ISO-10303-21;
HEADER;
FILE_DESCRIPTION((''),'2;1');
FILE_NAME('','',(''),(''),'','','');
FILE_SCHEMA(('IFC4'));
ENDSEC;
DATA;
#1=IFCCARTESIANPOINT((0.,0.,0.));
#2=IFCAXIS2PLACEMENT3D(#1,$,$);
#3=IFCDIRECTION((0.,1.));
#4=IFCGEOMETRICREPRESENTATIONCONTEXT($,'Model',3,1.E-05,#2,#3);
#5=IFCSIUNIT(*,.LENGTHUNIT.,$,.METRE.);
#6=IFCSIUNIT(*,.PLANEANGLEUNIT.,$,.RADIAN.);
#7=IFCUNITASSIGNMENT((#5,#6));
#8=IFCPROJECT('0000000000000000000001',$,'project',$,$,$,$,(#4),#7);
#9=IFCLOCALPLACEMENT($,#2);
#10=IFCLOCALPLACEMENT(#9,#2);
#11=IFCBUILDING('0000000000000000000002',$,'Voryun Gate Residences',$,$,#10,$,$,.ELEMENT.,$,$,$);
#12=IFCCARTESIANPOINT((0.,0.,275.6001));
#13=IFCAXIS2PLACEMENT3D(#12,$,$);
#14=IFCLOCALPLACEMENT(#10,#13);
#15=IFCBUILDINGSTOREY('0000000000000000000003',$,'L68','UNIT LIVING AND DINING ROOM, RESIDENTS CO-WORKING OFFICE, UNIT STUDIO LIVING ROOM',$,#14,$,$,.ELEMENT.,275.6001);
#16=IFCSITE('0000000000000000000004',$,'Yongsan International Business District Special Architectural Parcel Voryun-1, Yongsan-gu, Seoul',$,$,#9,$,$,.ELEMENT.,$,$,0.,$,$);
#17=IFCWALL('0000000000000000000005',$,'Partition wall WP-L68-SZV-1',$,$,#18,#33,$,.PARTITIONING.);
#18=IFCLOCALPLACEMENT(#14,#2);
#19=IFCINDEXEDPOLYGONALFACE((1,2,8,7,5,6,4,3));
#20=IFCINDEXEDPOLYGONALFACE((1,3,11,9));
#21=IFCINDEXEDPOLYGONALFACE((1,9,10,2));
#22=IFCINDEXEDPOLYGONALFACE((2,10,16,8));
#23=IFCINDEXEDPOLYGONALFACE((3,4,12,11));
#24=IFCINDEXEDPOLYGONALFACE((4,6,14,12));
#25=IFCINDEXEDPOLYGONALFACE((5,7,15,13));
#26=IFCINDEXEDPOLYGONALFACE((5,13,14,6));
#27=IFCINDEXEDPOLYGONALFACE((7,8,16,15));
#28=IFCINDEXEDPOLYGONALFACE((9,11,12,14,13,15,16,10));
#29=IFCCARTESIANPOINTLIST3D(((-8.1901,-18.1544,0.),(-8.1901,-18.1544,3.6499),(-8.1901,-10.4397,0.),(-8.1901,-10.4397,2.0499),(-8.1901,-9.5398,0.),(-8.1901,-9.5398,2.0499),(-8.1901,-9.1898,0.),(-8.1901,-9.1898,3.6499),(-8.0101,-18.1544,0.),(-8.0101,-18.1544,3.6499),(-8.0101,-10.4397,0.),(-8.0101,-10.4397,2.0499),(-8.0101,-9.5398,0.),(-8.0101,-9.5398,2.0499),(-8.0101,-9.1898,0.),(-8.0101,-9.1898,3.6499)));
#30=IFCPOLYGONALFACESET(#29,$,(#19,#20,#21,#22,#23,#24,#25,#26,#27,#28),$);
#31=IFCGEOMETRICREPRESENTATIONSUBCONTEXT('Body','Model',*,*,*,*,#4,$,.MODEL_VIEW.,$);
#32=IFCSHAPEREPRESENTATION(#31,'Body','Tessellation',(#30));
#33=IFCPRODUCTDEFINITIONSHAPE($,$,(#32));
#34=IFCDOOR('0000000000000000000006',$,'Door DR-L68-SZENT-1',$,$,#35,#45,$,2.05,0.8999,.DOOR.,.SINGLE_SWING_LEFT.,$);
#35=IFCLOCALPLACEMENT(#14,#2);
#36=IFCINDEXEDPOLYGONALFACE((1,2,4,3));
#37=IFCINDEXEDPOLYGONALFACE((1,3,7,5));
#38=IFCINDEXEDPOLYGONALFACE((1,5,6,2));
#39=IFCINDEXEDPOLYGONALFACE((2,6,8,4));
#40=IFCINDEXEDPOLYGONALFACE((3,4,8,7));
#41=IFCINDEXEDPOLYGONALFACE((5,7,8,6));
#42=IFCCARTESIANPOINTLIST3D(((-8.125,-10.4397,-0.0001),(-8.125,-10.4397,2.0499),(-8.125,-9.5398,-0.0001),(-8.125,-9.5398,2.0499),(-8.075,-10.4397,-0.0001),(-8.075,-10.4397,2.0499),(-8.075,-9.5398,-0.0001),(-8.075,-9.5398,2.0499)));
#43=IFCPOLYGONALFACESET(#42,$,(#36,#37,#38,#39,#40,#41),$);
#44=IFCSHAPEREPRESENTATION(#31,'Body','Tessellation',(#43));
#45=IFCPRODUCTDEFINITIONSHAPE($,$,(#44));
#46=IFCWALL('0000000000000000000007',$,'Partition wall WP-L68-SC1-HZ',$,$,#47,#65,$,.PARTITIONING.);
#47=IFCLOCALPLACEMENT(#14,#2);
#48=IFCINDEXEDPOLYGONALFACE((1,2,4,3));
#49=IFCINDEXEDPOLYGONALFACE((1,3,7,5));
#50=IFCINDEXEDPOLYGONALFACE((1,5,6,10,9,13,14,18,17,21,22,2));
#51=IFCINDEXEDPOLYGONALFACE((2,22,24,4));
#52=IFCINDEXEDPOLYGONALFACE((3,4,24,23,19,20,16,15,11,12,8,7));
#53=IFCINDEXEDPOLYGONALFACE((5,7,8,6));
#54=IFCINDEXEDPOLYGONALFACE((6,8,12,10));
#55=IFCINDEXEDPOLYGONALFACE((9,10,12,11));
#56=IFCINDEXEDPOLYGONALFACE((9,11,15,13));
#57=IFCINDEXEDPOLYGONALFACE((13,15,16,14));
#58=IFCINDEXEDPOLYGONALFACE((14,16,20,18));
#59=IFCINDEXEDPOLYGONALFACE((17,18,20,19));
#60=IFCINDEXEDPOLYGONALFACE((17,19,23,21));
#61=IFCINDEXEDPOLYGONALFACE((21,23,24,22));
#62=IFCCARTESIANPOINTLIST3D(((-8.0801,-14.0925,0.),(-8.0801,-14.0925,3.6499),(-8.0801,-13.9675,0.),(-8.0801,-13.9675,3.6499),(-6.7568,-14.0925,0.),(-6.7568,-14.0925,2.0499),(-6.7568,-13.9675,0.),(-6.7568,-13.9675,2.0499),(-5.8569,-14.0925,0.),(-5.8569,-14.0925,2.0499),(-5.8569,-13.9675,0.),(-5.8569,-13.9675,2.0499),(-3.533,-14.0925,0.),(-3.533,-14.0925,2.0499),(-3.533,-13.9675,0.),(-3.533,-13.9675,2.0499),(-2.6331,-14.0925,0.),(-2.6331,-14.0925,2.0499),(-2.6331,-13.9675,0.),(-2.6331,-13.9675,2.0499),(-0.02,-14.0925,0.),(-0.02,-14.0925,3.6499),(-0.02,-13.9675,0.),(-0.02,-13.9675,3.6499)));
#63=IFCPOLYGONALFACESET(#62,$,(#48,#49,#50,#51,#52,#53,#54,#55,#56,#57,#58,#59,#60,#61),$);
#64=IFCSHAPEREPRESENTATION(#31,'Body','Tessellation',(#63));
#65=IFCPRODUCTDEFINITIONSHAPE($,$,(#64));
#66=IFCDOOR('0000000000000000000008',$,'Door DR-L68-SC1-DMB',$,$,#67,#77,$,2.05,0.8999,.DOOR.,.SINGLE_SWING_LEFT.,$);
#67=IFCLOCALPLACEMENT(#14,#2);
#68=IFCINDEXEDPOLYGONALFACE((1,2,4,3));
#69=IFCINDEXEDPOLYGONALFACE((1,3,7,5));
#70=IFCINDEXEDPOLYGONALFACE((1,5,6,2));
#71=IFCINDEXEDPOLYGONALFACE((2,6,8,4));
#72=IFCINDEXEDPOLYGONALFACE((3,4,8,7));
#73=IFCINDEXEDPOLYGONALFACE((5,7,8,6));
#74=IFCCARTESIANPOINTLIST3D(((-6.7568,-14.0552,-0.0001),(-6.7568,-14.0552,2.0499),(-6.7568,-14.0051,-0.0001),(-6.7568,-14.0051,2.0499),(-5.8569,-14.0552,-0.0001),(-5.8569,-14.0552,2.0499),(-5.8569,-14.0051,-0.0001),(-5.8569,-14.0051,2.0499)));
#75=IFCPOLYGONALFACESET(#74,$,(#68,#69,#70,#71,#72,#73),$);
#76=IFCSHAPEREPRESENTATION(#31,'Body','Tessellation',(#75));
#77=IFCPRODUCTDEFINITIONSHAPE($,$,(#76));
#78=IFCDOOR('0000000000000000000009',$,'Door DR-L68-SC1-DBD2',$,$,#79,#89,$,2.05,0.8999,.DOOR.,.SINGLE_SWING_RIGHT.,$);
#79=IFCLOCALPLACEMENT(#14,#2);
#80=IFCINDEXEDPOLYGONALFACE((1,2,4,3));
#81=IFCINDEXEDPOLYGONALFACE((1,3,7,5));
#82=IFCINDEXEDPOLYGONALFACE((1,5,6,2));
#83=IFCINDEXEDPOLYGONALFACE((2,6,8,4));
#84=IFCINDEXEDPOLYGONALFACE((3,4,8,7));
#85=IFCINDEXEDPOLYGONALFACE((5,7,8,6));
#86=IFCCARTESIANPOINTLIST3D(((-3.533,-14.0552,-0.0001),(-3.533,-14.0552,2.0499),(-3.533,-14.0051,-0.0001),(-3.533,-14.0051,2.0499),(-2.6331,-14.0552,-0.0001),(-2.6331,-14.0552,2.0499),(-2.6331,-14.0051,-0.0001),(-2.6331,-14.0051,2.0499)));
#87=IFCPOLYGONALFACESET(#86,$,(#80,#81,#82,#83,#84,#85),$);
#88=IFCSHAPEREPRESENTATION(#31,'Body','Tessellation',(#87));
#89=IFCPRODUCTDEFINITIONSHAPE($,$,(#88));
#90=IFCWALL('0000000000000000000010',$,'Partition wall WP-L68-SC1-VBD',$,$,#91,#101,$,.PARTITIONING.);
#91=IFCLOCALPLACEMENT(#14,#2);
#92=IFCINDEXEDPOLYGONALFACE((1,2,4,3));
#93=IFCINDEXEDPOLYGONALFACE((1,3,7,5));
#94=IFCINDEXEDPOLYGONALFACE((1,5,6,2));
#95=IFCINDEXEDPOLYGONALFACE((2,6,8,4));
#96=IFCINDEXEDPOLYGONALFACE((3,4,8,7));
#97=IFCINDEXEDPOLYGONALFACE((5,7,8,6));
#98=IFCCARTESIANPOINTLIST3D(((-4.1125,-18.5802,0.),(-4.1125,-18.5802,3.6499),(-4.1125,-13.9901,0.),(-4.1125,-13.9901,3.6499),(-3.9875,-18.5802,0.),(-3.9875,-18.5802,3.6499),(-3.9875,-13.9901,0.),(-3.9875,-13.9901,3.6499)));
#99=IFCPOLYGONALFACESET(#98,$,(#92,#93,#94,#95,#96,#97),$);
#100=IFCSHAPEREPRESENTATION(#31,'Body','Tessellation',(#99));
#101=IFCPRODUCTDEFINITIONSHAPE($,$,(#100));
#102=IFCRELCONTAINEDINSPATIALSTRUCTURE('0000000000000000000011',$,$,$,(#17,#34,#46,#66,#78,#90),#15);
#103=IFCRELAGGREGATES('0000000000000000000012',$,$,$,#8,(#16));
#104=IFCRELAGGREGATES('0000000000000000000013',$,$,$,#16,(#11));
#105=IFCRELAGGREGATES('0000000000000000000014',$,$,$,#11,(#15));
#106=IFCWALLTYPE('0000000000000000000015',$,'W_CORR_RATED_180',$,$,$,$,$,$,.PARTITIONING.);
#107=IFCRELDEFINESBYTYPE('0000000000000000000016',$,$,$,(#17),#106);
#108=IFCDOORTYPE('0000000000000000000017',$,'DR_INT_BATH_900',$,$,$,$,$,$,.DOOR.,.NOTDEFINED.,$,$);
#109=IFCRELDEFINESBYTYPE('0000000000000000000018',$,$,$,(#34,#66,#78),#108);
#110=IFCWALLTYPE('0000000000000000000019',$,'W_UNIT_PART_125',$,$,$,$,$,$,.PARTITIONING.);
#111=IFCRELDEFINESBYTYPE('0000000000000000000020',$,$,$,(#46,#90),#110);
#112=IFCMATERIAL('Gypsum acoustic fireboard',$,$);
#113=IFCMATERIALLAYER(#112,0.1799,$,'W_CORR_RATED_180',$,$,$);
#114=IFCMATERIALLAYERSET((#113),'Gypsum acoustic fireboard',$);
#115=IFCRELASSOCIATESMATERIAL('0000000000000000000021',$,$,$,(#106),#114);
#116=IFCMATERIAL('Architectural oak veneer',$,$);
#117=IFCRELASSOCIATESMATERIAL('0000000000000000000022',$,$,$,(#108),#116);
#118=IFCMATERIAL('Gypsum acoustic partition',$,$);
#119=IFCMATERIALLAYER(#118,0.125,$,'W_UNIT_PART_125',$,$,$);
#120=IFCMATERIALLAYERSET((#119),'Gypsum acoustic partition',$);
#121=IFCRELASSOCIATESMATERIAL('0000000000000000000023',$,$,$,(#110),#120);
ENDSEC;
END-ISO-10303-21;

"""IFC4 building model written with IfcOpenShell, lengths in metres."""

from ifc_helpers import new_model, si_unit, direction, frame, frame_2d, origin, place, context, subcontext, project, spatial, rectangle, extrude, material, layer, layer_set, type_object, element, fill, save


model = new_model("IFC4")

# Units and contexts
model_context = context("Model", 3, precision=1e-05, world=origin(), true_north=direction((0.0, 1.0)))
body_context = subcontext(model_context, "Body", "Model", "MODEL_VIEW")
ifc_project = project(units=[si_unit("LENGTHUNIT", "METRE"), si_unit("PLANEANGLEUNIT", "RADIAN")], contexts=[model_context])

# Site, building, storey
site_placement = place(None, origin())
site = spatial("IfcSite", under=ifc_project, at=site_placement, Name="Yongsan International Business District Special Architectural Parcel Voryun-1, Yongsan-gu, Seoul", CompositionType="ELEMENT", RefElevation=0.0)
building_placement = place(site_placement, origin())
building = spatial("IfcBuilding", under=site, at=building_placement, Name="Voryun Gate Residences", CompositionType="ELEMENT")
storey_placement = place(building_placement, frame((0.0, 0.0, 275.6001)))
storey = spatial("IfcBuildingStorey", under=building, at=storey_placement, Name="L68", Description="UNIT LIVING AND DINING ROOM, RESIDENTS CO-WORKING OFFICE, UNIT STUDIO LIVING ROOM", CompositionType="ELEMENT", Elevation=275.6001)

# Wall, opening, door
ifc_material_1 = material(Name="Gypsum acoustic fireboard")
ifc_layer_1 = layer(ifc_material_1, 0.1799, Name="W_CORR_RATED_180")
ifc_layer_set_1 = layer_set([ifc_layer_1], Name="Gypsum acoustic fireboard")
wall_type_1 = type_object("IfcWallType", Name="W_CORR_RATED_180", PredefinedType="PARTITIONING", material=ifc_layer_set_1)
wall_1_placement = place(storey_placement, frame((-8.1001, -18.1545, 0.0), z_axis=(0.0, 0.0, 1.0), x_axis=(0.0, 1.0, 0.0)))
wall_1 = element("IfcWall", 1, at=wall_1_placement, inside=storey, type_object=wall_type_1, Name="Partition wall WP-L68-SZV-1", PredefinedType="PARTITIONING", context=body_context, shape_type="SweptSolid", body=[
    extrude(rectangle(XDim=8.9646, YDim=0.1799, at=frame_2d((4.4824, 0.0))), origin(), (0.0, 0.0, 1.0), 3.6499),
])
opening_1_placement = place(wall_1_placement, frame((7.7148, 0.0, 0.0)))
opening_1 = element("IfcOpeningElement", 2, at=opening_1_placement, cuts=wall_1, PredefinedType="OPENING", context=body_context, shape_type="SweptSolid", body=[
    extrude(rectangle(XDim=0.8999, YDim=2.05, at=frame_2d((0.45, 1.0249))), frame((0.0, 0.0999, 0.0), z_axis=(0.0, -1.0, 0.0), x_axis=(1.0, 0.0, 0.0)), (0.0, 0.0, 1.0), 0.2),
])
ifc_material_2 = material(Name="Architectural oak veneer")
door_type = type_object("IfcDoorType", Name="DR_INT_BATH_900", OperationType="NOTDEFINED", PredefinedType="DOOR", material=ifc_material_2)
door_1_placement = place(opening_1_placement, origin())
door_1 = element("IfcDoor", 3, at=door_1_placement, inside=storey, type_object=door_type, Name="Door DR-L68-SZENT-1", OperationType="SINGLE_SWING_LEFT", OverallHeight=2.05, OverallWidth=0.8999, PredefinedType="DOOR", context=body_context, shape_type="SweptSolid", body=[
    extrude(rectangle(XDim=0.8999, YDim=2.05, at=frame_2d((0.45, 1.0249))), frame((0.0, 0.0249, 0.0), z_axis=(0.0, -1.0, 0.0), x_axis=(1.0, 0.0, 0.0)), (0.0, 0.0, 1.0), 0.05),
])
fill(opening_1, door_1)

# Wall, openings, doors
ifc_material_3 = material(Name="Gypsum acoustic partition")
ifc_layer_2 = layer(ifc_material_3, 0.125, Name="W_UNIT_PART_125")
ifc_layer_set_2 = layer_set([ifc_layer_2], Name="Gypsum acoustic partition")
wall_type_2 = type_object("IfcWallType", Name="W_UNIT_PART_125", PredefinedType="PARTITIONING", material=ifc_layer_set_2)
wall_2_placement = place(storey_placement, frame((-8.0801, -14.03, 0.0), z_axis=(0.0, 0.0, 1.0), x_axis=(1.0, 0.0, 0.0)))
wall_2 = element("IfcWall", 4, at=wall_2_placement, inside=storey, type_object=wall_type_2, Name="Partition wall WP-L68-SC1-HZ", PredefinedType="PARTITIONING", context=body_context, shape_type="SweptSolid", body=[
    extrude(rectangle(XDim=8.0601, YDim=0.125, at=frame_2d((4.03, 0.0))), origin(), (0.0, 0.0, 1.0), 3.6499),
])
opening_2_placement = place(wall_2_placement, frame((1.3232, 0.0, 0.0)))
opening_2 = element("IfcOpeningElement", 5, at=opening_2_placement, cuts=wall_2, PredefinedType="OPENING", context=body_context, shape_type="SweptSolid", body=[
    extrude(rectangle(XDim=0.8999, YDim=2.05, at=frame_2d((0.45, 1.0249))), frame((0.0, 0.0725, 0.0), z_axis=(0.0, -1.0, 0.0), x_axis=(1.0, 0.0, 0.0)), (0.0, 0.0, 1.0), 0.145),
])
opening_3_placement = place(wall_2_placement, frame((4.5471, 0.0, 0.0)))
opening_3 = element("IfcOpeningElement", 6, at=opening_3_placement, cuts=wall_2, PredefinedType="OPENING", context=body_context, shape_type="SweptSolid", body=[
    extrude(rectangle(XDim=0.8999, YDim=2.05, at=frame_2d((0.45, 1.0249))), frame((0.0, 0.0725, 0.0), z_axis=(0.0, -1.0, 0.0), x_axis=(1.0, 0.0, 0.0)), (0.0, 0.0, 1.0), 0.145),
])
door_2_placement = place(opening_2_placement, origin())
door_2 = element("IfcDoor", 7, at=door_2_placement, inside=storey, type_object=door_type, Name="Door DR-L68-SC1-DMB", OperationType="SINGLE_SWING_LEFT", OverallHeight=2.05, OverallWidth=0.8999, PredefinedType="DOOR", context=body_context, shape_type="SweptSolid", body=[
    extrude(rectangle(XDim=0.8999, YDim=2.05, at=frame_2d((0.45, 1.0249))), frame((0.0, 0.0249, 0.0), z_axis=(0.0, -1.0, 0.0), x_axis=(1.0, 0.0, 0.0)), (0.0, 0.0, 1.0), 0.05),
])
fill(opening_2, door_2)
door_3_placement = place(opening_3_placement, origin())
door_3 = element("IfcDoor", 8, at=door_3_placement, inside=storey, type_object=door_type, Name="Door DR-L68-SC1-DBD2", OperationType="SINGLE_SWING_RIGHT", OverallHeight=2.05, OverallWidth=0.8999, PredefinedType="DOOR", context=body_context, shape_type="SweptSolid", body=[
    extrude(rectangle(XDim=0.8999, YDim=2.05, at=frame_2d((0.45, 1.0249))), frame((0.0, 0.0249, 0.0), z_axis=(0.0, -1.0, 0.0), x_axis=(1.0, 0.0, 0.0)), (0.0, 0.0, 1.0), 0.05),
])
fill(opening_3, door_3)

# Wall
wall_3_placement = place(storey_placement, frame((-4.05, -18.5801, 0.0), z_axis=(0.0, 0.0, 1.0), x_axis=(0.0, 1.0, 0.0)))
element("IfcWall", 9, at=wall_3_placement, inside=storey, type_object=wall_type_2, Name="Partition wall WP-L68-SC1-VBD", PredefinedType="PARTITIONING", context=body_context, shape_type="SweptSolid", body=[
    extrude(rectangle(XDim=4.5901, YDim=0.125, at=frame_2d((2.2949, 0.0))), origin(), (0.0, 0.0, 1.0), 3.6499),
])

save(model, "model.ifc")
